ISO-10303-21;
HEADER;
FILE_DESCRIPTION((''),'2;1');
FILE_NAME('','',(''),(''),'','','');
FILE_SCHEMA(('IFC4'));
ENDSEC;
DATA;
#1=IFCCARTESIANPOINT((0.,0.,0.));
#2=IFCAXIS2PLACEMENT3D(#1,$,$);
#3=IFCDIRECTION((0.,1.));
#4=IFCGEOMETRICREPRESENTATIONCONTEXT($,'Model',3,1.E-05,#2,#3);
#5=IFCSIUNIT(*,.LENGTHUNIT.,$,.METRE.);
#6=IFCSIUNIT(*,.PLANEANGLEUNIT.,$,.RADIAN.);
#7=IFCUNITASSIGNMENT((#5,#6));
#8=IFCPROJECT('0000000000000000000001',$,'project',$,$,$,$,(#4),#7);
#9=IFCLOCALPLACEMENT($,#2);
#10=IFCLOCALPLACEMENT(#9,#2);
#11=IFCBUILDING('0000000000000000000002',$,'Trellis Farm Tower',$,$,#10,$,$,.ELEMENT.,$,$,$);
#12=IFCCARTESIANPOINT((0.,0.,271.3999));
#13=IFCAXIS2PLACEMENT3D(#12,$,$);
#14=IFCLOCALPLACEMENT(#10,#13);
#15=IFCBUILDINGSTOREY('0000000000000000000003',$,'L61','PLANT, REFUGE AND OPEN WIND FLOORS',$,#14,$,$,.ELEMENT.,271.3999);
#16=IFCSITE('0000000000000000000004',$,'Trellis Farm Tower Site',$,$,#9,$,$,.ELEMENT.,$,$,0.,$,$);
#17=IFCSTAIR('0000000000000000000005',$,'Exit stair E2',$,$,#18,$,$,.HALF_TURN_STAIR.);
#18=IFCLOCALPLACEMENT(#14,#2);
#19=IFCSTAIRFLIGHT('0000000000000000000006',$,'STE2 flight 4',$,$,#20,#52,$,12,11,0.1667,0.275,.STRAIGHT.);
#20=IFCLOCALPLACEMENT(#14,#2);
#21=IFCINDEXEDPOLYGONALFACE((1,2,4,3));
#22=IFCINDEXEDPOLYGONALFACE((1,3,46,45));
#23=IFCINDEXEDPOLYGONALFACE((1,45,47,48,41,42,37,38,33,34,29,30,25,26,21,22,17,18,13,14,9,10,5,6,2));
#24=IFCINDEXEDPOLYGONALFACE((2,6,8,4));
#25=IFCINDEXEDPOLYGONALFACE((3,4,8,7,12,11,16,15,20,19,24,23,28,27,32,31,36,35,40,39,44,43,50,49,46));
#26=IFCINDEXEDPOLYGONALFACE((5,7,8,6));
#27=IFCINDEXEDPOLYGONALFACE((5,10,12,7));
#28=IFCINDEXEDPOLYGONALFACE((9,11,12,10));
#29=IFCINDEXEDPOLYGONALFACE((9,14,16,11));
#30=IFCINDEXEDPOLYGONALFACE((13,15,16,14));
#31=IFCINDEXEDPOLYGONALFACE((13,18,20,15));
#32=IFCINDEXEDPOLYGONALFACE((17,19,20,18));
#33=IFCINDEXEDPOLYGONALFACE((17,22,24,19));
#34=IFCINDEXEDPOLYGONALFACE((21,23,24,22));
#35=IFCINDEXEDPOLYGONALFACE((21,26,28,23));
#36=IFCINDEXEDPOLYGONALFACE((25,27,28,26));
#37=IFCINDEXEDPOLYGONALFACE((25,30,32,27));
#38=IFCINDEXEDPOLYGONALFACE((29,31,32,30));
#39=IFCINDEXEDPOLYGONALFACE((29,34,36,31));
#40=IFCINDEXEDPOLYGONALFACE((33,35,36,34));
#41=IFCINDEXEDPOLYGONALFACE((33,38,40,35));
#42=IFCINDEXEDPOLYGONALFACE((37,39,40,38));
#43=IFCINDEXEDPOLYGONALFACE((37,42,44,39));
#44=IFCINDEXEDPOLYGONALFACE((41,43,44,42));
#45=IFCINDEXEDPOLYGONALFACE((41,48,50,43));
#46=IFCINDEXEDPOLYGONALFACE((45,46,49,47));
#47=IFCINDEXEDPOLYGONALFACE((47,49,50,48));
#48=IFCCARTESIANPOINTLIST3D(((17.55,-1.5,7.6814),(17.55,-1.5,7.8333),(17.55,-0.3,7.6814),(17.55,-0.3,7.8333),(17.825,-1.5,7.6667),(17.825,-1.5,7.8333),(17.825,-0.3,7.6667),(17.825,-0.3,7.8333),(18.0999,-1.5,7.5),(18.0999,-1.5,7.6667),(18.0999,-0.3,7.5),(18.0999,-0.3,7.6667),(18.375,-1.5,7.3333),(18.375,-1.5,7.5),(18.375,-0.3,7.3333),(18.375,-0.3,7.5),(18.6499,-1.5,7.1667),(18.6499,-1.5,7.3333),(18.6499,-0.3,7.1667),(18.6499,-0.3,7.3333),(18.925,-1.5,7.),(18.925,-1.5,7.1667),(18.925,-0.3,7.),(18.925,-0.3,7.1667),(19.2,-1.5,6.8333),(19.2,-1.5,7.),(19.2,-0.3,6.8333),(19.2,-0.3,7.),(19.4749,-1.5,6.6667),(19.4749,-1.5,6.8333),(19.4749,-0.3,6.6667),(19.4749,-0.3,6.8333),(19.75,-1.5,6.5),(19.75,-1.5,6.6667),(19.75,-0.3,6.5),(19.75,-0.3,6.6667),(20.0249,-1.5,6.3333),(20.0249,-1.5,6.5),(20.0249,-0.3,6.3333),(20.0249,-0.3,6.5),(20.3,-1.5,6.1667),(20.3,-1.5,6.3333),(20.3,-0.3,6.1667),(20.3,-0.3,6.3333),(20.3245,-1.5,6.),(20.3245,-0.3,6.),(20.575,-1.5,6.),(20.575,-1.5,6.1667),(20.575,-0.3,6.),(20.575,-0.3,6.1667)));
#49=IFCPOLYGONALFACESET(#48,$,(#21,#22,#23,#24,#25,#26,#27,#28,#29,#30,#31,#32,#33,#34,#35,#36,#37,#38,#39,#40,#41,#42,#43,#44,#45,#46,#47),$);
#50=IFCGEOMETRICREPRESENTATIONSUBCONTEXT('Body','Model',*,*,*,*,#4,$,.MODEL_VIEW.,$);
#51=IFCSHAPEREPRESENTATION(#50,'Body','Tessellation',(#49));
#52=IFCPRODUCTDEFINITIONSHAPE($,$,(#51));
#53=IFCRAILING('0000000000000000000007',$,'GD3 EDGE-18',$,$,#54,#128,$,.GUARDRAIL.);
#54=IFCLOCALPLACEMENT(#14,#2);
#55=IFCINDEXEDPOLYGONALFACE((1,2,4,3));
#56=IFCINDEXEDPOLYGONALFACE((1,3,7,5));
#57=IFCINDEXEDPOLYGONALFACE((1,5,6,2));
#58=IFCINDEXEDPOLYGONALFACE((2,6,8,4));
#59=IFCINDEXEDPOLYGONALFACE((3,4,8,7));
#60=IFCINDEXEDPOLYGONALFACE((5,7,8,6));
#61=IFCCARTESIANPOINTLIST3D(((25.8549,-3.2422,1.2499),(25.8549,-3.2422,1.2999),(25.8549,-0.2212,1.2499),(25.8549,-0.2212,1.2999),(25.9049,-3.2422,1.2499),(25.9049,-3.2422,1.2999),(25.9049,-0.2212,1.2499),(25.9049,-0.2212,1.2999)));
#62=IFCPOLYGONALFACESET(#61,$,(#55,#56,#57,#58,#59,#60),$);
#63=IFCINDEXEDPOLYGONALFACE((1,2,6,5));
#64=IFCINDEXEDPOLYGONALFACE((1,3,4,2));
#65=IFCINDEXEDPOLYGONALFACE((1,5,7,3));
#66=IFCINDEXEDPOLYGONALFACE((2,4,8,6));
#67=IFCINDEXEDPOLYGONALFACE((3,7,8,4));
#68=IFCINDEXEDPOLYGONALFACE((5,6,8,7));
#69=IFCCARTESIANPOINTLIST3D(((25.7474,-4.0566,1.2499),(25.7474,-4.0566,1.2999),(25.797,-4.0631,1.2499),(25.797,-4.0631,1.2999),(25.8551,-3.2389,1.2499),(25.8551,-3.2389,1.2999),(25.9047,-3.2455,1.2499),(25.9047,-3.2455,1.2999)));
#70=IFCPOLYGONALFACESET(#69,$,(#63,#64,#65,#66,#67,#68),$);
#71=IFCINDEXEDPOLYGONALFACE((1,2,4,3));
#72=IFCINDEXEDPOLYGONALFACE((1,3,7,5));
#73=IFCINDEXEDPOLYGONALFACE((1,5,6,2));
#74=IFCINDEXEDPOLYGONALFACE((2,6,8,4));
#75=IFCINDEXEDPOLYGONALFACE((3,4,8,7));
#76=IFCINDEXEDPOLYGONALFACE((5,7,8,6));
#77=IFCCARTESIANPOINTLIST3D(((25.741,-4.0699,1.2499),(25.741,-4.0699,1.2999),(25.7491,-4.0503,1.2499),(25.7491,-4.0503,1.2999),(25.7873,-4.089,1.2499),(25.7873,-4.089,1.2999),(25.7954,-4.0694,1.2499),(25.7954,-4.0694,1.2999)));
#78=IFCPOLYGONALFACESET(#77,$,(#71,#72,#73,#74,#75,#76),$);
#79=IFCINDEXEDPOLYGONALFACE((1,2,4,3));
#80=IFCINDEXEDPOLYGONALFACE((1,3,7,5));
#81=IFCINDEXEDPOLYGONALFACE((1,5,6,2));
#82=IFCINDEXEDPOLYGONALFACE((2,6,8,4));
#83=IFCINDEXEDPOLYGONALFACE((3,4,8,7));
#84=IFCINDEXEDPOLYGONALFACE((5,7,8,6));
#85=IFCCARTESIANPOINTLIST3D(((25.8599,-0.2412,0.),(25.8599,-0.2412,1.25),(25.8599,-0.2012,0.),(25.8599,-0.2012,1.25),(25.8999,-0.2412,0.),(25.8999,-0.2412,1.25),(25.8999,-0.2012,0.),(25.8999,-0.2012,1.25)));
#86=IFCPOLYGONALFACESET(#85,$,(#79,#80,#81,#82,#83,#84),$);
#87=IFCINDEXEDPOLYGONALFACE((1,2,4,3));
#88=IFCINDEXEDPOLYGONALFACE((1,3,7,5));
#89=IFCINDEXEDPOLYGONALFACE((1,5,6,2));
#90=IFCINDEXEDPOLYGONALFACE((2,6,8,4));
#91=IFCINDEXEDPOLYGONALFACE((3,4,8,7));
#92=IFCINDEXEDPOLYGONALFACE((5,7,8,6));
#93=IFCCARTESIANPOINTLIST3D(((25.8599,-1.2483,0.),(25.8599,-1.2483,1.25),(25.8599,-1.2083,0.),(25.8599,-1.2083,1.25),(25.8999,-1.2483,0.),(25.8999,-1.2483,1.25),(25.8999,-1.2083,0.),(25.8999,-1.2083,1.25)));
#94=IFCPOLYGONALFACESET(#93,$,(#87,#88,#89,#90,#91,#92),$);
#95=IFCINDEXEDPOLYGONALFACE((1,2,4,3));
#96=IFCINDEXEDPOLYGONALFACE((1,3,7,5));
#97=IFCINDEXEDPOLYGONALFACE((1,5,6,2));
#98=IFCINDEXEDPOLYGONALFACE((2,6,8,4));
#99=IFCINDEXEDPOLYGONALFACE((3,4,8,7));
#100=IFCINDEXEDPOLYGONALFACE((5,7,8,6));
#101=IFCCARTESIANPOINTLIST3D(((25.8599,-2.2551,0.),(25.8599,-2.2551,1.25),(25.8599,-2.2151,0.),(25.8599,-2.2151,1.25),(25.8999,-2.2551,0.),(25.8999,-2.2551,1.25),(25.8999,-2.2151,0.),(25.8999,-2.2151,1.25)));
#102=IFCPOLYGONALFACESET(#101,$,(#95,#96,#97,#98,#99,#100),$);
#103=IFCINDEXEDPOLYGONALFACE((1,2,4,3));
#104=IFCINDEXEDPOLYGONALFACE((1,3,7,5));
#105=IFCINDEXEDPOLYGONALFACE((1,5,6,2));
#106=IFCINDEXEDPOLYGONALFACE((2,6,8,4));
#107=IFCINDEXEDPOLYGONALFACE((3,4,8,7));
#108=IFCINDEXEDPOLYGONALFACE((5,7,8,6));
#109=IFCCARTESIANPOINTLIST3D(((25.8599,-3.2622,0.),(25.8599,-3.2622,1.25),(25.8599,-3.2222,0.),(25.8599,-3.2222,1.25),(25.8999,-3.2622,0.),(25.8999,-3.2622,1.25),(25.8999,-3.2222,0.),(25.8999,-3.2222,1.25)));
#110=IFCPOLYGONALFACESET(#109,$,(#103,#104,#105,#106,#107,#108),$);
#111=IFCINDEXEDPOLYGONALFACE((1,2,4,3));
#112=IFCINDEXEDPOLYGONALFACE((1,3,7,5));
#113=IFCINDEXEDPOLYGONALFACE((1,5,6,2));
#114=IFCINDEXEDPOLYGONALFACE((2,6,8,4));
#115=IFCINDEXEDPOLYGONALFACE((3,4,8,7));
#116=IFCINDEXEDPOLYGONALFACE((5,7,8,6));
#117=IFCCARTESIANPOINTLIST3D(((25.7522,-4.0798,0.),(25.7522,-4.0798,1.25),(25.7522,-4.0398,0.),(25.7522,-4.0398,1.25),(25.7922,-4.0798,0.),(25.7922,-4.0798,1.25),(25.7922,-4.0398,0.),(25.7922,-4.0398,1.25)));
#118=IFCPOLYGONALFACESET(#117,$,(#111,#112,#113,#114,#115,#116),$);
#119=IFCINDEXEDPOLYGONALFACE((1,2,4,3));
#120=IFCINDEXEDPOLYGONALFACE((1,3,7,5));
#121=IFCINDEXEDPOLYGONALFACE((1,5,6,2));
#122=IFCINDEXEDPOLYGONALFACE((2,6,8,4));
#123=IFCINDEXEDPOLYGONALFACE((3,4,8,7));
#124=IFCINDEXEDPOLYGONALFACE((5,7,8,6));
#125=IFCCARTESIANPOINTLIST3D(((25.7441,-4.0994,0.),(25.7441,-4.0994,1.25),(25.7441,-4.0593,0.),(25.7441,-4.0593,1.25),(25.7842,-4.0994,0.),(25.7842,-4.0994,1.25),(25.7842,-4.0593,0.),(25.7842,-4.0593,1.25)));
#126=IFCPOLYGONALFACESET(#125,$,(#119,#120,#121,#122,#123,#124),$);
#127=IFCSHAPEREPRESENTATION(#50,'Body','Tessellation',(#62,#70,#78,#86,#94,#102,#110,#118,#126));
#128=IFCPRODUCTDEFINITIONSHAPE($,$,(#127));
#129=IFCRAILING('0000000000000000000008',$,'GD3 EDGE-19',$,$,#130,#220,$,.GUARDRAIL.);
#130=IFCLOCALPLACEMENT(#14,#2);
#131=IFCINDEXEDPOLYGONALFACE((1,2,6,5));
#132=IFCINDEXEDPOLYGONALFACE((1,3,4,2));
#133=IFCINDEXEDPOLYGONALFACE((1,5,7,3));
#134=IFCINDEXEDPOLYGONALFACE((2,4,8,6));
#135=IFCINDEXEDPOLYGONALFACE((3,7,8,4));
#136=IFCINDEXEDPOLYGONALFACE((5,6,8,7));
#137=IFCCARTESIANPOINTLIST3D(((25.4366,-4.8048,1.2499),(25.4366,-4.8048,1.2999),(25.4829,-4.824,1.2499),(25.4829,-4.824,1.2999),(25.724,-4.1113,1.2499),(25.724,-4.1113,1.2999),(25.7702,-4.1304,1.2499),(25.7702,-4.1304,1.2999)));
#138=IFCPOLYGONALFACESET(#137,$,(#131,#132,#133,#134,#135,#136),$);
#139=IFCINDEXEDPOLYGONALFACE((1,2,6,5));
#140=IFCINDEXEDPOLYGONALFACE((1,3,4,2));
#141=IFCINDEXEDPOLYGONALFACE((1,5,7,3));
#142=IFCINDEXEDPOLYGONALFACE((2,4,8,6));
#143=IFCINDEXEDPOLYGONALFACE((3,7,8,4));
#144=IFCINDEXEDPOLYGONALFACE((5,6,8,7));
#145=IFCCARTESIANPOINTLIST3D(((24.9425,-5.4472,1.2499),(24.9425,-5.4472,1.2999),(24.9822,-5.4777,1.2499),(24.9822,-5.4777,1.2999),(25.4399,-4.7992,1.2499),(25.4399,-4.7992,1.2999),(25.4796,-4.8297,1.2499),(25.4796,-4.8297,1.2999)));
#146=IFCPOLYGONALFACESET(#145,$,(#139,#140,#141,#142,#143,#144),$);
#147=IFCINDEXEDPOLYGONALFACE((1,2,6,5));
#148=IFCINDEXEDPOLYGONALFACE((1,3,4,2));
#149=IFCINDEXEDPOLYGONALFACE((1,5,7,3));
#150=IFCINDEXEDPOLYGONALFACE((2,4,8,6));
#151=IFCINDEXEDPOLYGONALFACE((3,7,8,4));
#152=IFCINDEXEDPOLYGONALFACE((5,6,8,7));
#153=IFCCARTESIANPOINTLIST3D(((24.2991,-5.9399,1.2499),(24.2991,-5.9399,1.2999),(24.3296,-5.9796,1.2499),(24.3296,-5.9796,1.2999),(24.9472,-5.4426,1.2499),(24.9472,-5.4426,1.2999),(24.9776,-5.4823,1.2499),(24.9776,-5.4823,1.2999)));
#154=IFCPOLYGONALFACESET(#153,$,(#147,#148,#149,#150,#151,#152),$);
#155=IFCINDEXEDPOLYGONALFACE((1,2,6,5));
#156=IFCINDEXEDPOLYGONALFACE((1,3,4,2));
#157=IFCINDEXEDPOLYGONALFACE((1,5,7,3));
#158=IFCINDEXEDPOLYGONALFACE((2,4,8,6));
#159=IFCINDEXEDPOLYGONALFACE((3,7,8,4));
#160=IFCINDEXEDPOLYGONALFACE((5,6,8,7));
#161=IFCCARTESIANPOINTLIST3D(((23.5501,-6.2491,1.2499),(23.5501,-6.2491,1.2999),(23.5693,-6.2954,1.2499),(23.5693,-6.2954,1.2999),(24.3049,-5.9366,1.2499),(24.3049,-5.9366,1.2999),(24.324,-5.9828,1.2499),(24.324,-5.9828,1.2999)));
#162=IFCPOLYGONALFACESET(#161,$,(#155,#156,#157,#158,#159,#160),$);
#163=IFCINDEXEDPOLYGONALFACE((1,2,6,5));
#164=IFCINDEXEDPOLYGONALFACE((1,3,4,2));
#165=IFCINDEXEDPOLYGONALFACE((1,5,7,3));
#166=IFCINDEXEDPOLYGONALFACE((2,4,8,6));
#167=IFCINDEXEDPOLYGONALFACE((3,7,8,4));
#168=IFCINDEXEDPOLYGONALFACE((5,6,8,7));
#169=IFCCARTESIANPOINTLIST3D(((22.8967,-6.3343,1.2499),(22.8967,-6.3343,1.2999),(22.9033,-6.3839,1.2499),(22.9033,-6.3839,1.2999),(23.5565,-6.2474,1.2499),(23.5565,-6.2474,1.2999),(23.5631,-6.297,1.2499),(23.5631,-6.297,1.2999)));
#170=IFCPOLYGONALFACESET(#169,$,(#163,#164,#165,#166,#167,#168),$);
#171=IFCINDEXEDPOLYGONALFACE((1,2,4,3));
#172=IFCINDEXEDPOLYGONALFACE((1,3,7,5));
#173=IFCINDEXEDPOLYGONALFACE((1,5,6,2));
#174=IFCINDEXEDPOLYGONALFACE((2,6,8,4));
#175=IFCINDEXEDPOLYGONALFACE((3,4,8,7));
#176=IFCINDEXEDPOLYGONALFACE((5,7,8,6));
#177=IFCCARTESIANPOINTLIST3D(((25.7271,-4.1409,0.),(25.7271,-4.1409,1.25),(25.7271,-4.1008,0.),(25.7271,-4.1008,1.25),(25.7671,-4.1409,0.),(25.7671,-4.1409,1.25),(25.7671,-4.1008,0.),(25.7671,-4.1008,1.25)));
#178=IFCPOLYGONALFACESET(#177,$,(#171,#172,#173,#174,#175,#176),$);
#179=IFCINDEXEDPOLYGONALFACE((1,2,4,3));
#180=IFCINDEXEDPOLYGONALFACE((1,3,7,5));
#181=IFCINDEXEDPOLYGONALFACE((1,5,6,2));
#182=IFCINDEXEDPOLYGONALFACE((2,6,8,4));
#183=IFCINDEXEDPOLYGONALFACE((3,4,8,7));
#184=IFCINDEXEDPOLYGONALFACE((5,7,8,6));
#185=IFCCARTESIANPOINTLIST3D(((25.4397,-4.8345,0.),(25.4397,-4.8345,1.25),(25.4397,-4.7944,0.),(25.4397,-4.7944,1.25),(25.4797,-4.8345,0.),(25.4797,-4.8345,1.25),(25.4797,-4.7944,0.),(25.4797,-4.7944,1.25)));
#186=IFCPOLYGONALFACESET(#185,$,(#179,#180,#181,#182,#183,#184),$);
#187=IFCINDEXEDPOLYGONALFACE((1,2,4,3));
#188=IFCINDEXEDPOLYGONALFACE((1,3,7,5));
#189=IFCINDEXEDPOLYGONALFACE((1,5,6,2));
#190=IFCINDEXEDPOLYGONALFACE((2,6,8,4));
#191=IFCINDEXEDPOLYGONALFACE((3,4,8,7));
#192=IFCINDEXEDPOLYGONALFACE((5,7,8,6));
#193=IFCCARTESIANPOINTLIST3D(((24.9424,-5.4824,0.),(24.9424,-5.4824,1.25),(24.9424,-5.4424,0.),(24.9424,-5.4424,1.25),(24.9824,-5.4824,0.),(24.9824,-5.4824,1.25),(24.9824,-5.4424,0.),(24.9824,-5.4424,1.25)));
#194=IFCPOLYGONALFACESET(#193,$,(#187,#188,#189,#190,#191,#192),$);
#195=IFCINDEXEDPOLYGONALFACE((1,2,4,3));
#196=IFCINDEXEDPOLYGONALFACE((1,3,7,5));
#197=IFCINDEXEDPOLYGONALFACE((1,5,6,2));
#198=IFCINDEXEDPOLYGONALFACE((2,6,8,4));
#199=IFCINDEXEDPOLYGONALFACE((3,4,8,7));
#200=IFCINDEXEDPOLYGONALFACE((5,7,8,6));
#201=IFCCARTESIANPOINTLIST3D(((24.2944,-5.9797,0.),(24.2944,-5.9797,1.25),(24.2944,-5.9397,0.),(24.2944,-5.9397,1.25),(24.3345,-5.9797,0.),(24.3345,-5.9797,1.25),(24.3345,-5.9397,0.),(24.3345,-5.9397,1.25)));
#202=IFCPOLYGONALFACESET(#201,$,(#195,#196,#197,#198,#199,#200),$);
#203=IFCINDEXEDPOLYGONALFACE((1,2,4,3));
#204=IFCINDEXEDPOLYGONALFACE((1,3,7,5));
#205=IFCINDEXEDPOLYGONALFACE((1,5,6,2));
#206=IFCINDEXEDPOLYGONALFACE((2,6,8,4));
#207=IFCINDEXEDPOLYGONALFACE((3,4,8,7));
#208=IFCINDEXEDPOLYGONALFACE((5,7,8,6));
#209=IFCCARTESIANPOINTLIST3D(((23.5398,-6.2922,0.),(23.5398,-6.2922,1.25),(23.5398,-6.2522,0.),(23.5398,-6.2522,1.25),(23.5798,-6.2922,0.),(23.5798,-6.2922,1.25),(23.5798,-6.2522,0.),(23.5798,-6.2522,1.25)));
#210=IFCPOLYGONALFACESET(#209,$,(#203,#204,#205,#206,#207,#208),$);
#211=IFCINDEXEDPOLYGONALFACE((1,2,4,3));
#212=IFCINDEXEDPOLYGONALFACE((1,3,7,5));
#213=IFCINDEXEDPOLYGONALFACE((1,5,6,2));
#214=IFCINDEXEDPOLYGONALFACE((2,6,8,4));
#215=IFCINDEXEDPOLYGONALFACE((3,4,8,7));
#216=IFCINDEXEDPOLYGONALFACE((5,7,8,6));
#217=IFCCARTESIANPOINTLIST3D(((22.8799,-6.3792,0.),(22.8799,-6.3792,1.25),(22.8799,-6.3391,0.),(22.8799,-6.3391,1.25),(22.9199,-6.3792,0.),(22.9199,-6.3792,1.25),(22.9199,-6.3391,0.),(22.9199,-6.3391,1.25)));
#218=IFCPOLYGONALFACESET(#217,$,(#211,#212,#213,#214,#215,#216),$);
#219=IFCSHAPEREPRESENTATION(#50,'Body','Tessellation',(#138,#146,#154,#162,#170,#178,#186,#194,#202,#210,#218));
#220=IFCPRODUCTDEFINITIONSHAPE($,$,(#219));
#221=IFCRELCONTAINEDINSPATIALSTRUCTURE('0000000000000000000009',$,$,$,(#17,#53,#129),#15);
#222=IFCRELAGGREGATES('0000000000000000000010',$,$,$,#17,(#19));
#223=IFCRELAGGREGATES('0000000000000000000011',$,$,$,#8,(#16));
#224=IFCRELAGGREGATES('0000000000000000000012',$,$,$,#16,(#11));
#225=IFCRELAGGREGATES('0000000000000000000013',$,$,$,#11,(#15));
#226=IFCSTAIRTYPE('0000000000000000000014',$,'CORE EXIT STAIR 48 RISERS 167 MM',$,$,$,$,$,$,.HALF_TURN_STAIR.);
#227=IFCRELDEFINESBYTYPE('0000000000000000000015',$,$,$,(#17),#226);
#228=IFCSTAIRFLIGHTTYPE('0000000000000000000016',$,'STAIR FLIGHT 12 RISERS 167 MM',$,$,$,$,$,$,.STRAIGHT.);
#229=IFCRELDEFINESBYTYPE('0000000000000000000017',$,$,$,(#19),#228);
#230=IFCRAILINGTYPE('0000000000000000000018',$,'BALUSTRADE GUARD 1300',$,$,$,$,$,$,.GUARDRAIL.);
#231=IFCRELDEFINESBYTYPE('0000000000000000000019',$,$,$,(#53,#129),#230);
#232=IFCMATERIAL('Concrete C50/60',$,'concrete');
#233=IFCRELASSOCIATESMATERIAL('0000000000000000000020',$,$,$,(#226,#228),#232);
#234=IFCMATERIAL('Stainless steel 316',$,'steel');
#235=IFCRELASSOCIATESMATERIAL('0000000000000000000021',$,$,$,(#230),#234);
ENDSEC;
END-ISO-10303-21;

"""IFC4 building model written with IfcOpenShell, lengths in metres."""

from ifc_helpers import new_model, si_unit, direction, frame, origin, origin_2d, place, context, subcontext, project, spatial, polyline, rectangle, outline, extrude, source, transform, mapped, material, type_object, element, aggregate, save


model = new_model("IFC4")

# Units and contexts
model_context = context("Model", 3, precision=1e-05, world=origin(), true_north=direction((0.0, 1.0)))
body_context = subcontext(model_context, "Body", "Model", "MODEL_VIEW")
ifc_project = project(units=[si_unit("LENGTHUNIT", "METRE"), si_unit("PLANEANGLEUNIT", "RADIAN")], contexts=[model_context])

# Site, building, storey
site_placement = place(None, origin())
site = spatial("IfcSite", under=ifc_project, at=site_placement, Name="Trellis Farm Tower Site", CompositionType="ELEMENT", RefElevation=0.0)
building_placement = place(site_placement, origin())
building = spatial("IfcBuilding", under=site, at=building_placement, Name="Trellis Farm Tower", CompositionType="ELEMENT")
storey_placement = place(building_placement, frame((0.0, 0.0, 271.3999)))
storey = spatial("IfcBuildingStorey", under=building, at=storey_placement, Name="L61", Description="PLANT, REFUGE AND OPEN WIND FLOORS", CompositionType="ELEMENT", Elevation=271.3999)

# Stair, stair flight
ifc_material_1 = material(Name="Concrete C50/60", Category="concrete")
stair_type = type_object("IfcStairType", Name="CORE EXIT STAIR 48 RISERS 167 MM", PredefinedType="HALF_TURN_STAIR", material=ifc_material_1)
placement = place(storey_placement, origin())
stair_flight_type = type_object("IfcStairFlightType", Name="STAIR FLIGHT 12 RISERS 167 MM", PredefinedType="STRAIGHT", material=ifc_material_1)
shared_shape_1 = source(origin(), body_context, "Body", "SweptSolid", [
    extrude(outline(polyline([(0.0, 0.0), (0.0, 0.1667), (0.2749, 0.1667), (0.2749, 0.3333), (0.55, 0.3333), (0.55, 0.5), (0.825, 0.5), (0.825, 0.6667), (1.1001, 0.6667), (1.1001, 0.8333), (1.375, 0.8333), (1.375, 1.0), (1.6499, 1.0), (1.6499, 1.1667), (1.925, 1.1667), (1.925, 1.3333), (2.2, 1.3333), (2.2, 1.5), (2.4751, 1.5), (2.4751, 1.6667), (2.75, 1.6667), (2.75, 1.8333), (3.0249, 1.8333), (3.0249, 2.0), (3.0249, 1.6814), (0.2505, 0.0), (0.0, 0.0)])), frame((0.0, 0.6001, 0.0), z_axis=(0.0, -1.0, 0.0), x_axis=(1.0, 0.0, 0.0)), (0.0, 0.0, 1.0), 1.2),
])
stair_1 = element("IfcStair", 1, at=placement, inside=storey, type_object=stair_type, Name="Exit stair E2", PredefinedType="HALF_TURN_STAIR")
stair_flight_1_placement = place(storey_placement, frame((20.575, -0.8999, 6.0), z_axis=(0.0, 0.0, 1.0), x_axis=(-1.0, 0.0, 0.0)))
stair_flight_1 = element("IfcStairFlight", 2, at=stair_flight_1_placement, type_object=stair_flight_type, Name="STE2 flight 4", NumberOfRisers=12, NumberOfTreads=11, PredefinedType="STRAIGHT", RiserHeight=0.1667, TreadLength=0.275, context=body_context, shape_type="MappedRepresentation", body=[
    mapped(shared_shape_1, transform((0.0, 0.0, 0.0))),
])
aggregate(stair_1, [stair_flight_1])

# Railings
ifc_material_2 = material(Name="Stainless steel 316", Category="steel")
railing_type_1 = type_object("IfcRailingType", Name="BALUSTRADE GUARD 1300", PredefinedType="GUARDRAIL", material=ifc_material_2)
railing_1_placement = place(storey_placement, frame((25.8799, -0.2212, 0.0)))
element("IfcRailing", 3, at=railing_1_placement, inside=storey, type_object=railing_type_1, Name="GD3 EDGE-18", PredefinedType="GUARDRAIL", context=body_context, shape_type="SweptSolid", body=[
    extrude(rectangle(XDim=0.05, YDim=0.05, at=origin_2d()), frame((0.0, 0.0, 1.2749), z_axis=(0.0, -1.0, 0.0), x_axis=(1.0, 0.0, 0.0)), (0.0, 0.0, 1.0), 3.021),
    extrude(rectangle(XDim=0.05, YDim=0.05, at=origin_2d()), frame((0.0, -3.021, 1.2749), z_axis=(-0.130554, -0.991441, 0.0), x_axis=(0.991441, -0.130554, 0.0)), (0.0, 0.0, 1.0), 0.8247),
    extrude(rectangle(XDim=0.05, YDim=0.05, at=origin_2d()), frame((-0.1077, -3.8386, 1.2749), z_axis=(-0.381331, -0.924439, 0.0), x_axis=(0.924439, -0.381331, 0.0)), (0.0, 0.0, 1.0), 0.0212),
    extrude(rectangle(XDim=0.04, YDim=0.04, at=origin_2d()), origin(), (0.0, 0.0, 1.0), 1.25),
    extrude(rectangle(XDim=0.04, YDim=0.04, at=origin_2d()), frame((0.0, -1.0071, 0.0)), (0.0, 0.0, 1.0), 1.25),
    extrude(rectangle(XDim=0.04, YDim=0.04, at=origin_2d()), frame((0.0, -2.0139, 0.0)), (0.0, 0.0, 1.0), 1.25),
    extrude(rectangle(XDim=0.04, YDim=0.04, at=origin_2d()), frame((0.0, -3.021, 0.0)), (0.0, 0.0, 1.0), 1.25),
    extrude(rectangle(XDim=0.04, YDim=0.04, at=origin_2d()), frame((-0.1077, -3.8386, 0.0)), (0.0, 0.0, 1.0), 1.25),
    extrude(rectangle(XDim=0.04, YDim=0.04, at=origin_2d()), frame((-0.1157, -3.8582, 0.0)), (0.0, 0.0, 1.0), 1.25),
])
railing_2_placement = place(storey_placement, frame((25.7471, -4.1208, 0.0)))
element("IfcRailing", 4, at=railing_2_placement, inside=storey, type_object=railing_type_1, Name="GD3 EDGE-19", PredefinedType="GUARDRAIL", context=body_context, shape_type="SweptSolid", body=[
    extrude(rectangle(XDim=0.05, YDim=0.05, at=origin_2d()), frame((0.0, 0.0, 1.2749), z_axis=(-0.382744, -0.923854, 0.0), x_axis=(0.923854, -0.382744, 0.0)), (0.0, 0.0, 1.0), 0.7507),
    extrude(rectangle(XDim=0.05, YDim=0.05, at=origin_2d()), frame((-0.2874, -0.6936, 1.2749), z_axis=(-0.608858, -0.793279, 0.0), x_axis=(0.793279, -0.608858, 0.0)), (0.0, 0.0, 1.0), 0.8169),
    extrude(rectangle(XDim=0.05, YDim=0.05, at=origin_2d()), frame((-0.7847, -1.3416, 1.2749), z_axis=(-0.793279, -0.608858, 0.0), x_axis=(0.608858, -0.793279, 0.0)), (0.0, 0.0, 1.0), 0.8169),
    extrude(rectangle(XDim=0.05, YDim=0.05, at=origin_2d()), frame((-1.4326, -1.8389, 1.2749), z_axis=(-0.923915, -0.382598, 0.0), x_axis=(0.382598, -0.923915, 0.0)), (0.0, 0.0, 1.0), 0.8169),
    extrude(rectangle(XDim=0.05, YDim=0.05, at=origin_2d()), frame((-2.1873, -2.1514, 1.2749), z_axis=(-0.991438, -0.130578, 0.0), x_axis=(0.130578, -0.991438, 0.0)), (0.0, 0.0, 1.0), 0.6655),
    extrude(rectangle(XDim=0.04, YDim=0.04, at=origin_2d()), origin(), (0.0, 0.0, 1.0), 1.25),
    extrude(rectangle(XDim=0.04, YDim=0.04, at=origin_2d()), frame((-0.2874, -0.6936, 0.0)), (0.0, 0.0, 1.0), 1.25),
    extrude(rectangle(XDim=0.04, YDim=0.04, at=origin_2d()), frame((-0.7847, -1.3416, 0.0)), (0.0, 0.0, 1.0), 1.25),
    extrude(rectangle(XDim=0.04, YDim=0.04, at=origin_2d()), frame((-1.4326, -1.8389, 0.0)), (0.0, 0.0, 1.0), 1.25),
    extrude(rectangle(XDim=0.04, YDim=0.04, at=origin_2d()), frame((-2.1873, -2.1514, 0.0)), (0.0, 0.0, 1.0), 1.25),
    extrude(rectangle(XDim=0.04, YDim=0.04, at=origin_2d()), frame((-2.8472, -2.2383, 0.0)), (0.0, 0.0, 1.0), 1.25),
])

save(model, "model.ifc")
